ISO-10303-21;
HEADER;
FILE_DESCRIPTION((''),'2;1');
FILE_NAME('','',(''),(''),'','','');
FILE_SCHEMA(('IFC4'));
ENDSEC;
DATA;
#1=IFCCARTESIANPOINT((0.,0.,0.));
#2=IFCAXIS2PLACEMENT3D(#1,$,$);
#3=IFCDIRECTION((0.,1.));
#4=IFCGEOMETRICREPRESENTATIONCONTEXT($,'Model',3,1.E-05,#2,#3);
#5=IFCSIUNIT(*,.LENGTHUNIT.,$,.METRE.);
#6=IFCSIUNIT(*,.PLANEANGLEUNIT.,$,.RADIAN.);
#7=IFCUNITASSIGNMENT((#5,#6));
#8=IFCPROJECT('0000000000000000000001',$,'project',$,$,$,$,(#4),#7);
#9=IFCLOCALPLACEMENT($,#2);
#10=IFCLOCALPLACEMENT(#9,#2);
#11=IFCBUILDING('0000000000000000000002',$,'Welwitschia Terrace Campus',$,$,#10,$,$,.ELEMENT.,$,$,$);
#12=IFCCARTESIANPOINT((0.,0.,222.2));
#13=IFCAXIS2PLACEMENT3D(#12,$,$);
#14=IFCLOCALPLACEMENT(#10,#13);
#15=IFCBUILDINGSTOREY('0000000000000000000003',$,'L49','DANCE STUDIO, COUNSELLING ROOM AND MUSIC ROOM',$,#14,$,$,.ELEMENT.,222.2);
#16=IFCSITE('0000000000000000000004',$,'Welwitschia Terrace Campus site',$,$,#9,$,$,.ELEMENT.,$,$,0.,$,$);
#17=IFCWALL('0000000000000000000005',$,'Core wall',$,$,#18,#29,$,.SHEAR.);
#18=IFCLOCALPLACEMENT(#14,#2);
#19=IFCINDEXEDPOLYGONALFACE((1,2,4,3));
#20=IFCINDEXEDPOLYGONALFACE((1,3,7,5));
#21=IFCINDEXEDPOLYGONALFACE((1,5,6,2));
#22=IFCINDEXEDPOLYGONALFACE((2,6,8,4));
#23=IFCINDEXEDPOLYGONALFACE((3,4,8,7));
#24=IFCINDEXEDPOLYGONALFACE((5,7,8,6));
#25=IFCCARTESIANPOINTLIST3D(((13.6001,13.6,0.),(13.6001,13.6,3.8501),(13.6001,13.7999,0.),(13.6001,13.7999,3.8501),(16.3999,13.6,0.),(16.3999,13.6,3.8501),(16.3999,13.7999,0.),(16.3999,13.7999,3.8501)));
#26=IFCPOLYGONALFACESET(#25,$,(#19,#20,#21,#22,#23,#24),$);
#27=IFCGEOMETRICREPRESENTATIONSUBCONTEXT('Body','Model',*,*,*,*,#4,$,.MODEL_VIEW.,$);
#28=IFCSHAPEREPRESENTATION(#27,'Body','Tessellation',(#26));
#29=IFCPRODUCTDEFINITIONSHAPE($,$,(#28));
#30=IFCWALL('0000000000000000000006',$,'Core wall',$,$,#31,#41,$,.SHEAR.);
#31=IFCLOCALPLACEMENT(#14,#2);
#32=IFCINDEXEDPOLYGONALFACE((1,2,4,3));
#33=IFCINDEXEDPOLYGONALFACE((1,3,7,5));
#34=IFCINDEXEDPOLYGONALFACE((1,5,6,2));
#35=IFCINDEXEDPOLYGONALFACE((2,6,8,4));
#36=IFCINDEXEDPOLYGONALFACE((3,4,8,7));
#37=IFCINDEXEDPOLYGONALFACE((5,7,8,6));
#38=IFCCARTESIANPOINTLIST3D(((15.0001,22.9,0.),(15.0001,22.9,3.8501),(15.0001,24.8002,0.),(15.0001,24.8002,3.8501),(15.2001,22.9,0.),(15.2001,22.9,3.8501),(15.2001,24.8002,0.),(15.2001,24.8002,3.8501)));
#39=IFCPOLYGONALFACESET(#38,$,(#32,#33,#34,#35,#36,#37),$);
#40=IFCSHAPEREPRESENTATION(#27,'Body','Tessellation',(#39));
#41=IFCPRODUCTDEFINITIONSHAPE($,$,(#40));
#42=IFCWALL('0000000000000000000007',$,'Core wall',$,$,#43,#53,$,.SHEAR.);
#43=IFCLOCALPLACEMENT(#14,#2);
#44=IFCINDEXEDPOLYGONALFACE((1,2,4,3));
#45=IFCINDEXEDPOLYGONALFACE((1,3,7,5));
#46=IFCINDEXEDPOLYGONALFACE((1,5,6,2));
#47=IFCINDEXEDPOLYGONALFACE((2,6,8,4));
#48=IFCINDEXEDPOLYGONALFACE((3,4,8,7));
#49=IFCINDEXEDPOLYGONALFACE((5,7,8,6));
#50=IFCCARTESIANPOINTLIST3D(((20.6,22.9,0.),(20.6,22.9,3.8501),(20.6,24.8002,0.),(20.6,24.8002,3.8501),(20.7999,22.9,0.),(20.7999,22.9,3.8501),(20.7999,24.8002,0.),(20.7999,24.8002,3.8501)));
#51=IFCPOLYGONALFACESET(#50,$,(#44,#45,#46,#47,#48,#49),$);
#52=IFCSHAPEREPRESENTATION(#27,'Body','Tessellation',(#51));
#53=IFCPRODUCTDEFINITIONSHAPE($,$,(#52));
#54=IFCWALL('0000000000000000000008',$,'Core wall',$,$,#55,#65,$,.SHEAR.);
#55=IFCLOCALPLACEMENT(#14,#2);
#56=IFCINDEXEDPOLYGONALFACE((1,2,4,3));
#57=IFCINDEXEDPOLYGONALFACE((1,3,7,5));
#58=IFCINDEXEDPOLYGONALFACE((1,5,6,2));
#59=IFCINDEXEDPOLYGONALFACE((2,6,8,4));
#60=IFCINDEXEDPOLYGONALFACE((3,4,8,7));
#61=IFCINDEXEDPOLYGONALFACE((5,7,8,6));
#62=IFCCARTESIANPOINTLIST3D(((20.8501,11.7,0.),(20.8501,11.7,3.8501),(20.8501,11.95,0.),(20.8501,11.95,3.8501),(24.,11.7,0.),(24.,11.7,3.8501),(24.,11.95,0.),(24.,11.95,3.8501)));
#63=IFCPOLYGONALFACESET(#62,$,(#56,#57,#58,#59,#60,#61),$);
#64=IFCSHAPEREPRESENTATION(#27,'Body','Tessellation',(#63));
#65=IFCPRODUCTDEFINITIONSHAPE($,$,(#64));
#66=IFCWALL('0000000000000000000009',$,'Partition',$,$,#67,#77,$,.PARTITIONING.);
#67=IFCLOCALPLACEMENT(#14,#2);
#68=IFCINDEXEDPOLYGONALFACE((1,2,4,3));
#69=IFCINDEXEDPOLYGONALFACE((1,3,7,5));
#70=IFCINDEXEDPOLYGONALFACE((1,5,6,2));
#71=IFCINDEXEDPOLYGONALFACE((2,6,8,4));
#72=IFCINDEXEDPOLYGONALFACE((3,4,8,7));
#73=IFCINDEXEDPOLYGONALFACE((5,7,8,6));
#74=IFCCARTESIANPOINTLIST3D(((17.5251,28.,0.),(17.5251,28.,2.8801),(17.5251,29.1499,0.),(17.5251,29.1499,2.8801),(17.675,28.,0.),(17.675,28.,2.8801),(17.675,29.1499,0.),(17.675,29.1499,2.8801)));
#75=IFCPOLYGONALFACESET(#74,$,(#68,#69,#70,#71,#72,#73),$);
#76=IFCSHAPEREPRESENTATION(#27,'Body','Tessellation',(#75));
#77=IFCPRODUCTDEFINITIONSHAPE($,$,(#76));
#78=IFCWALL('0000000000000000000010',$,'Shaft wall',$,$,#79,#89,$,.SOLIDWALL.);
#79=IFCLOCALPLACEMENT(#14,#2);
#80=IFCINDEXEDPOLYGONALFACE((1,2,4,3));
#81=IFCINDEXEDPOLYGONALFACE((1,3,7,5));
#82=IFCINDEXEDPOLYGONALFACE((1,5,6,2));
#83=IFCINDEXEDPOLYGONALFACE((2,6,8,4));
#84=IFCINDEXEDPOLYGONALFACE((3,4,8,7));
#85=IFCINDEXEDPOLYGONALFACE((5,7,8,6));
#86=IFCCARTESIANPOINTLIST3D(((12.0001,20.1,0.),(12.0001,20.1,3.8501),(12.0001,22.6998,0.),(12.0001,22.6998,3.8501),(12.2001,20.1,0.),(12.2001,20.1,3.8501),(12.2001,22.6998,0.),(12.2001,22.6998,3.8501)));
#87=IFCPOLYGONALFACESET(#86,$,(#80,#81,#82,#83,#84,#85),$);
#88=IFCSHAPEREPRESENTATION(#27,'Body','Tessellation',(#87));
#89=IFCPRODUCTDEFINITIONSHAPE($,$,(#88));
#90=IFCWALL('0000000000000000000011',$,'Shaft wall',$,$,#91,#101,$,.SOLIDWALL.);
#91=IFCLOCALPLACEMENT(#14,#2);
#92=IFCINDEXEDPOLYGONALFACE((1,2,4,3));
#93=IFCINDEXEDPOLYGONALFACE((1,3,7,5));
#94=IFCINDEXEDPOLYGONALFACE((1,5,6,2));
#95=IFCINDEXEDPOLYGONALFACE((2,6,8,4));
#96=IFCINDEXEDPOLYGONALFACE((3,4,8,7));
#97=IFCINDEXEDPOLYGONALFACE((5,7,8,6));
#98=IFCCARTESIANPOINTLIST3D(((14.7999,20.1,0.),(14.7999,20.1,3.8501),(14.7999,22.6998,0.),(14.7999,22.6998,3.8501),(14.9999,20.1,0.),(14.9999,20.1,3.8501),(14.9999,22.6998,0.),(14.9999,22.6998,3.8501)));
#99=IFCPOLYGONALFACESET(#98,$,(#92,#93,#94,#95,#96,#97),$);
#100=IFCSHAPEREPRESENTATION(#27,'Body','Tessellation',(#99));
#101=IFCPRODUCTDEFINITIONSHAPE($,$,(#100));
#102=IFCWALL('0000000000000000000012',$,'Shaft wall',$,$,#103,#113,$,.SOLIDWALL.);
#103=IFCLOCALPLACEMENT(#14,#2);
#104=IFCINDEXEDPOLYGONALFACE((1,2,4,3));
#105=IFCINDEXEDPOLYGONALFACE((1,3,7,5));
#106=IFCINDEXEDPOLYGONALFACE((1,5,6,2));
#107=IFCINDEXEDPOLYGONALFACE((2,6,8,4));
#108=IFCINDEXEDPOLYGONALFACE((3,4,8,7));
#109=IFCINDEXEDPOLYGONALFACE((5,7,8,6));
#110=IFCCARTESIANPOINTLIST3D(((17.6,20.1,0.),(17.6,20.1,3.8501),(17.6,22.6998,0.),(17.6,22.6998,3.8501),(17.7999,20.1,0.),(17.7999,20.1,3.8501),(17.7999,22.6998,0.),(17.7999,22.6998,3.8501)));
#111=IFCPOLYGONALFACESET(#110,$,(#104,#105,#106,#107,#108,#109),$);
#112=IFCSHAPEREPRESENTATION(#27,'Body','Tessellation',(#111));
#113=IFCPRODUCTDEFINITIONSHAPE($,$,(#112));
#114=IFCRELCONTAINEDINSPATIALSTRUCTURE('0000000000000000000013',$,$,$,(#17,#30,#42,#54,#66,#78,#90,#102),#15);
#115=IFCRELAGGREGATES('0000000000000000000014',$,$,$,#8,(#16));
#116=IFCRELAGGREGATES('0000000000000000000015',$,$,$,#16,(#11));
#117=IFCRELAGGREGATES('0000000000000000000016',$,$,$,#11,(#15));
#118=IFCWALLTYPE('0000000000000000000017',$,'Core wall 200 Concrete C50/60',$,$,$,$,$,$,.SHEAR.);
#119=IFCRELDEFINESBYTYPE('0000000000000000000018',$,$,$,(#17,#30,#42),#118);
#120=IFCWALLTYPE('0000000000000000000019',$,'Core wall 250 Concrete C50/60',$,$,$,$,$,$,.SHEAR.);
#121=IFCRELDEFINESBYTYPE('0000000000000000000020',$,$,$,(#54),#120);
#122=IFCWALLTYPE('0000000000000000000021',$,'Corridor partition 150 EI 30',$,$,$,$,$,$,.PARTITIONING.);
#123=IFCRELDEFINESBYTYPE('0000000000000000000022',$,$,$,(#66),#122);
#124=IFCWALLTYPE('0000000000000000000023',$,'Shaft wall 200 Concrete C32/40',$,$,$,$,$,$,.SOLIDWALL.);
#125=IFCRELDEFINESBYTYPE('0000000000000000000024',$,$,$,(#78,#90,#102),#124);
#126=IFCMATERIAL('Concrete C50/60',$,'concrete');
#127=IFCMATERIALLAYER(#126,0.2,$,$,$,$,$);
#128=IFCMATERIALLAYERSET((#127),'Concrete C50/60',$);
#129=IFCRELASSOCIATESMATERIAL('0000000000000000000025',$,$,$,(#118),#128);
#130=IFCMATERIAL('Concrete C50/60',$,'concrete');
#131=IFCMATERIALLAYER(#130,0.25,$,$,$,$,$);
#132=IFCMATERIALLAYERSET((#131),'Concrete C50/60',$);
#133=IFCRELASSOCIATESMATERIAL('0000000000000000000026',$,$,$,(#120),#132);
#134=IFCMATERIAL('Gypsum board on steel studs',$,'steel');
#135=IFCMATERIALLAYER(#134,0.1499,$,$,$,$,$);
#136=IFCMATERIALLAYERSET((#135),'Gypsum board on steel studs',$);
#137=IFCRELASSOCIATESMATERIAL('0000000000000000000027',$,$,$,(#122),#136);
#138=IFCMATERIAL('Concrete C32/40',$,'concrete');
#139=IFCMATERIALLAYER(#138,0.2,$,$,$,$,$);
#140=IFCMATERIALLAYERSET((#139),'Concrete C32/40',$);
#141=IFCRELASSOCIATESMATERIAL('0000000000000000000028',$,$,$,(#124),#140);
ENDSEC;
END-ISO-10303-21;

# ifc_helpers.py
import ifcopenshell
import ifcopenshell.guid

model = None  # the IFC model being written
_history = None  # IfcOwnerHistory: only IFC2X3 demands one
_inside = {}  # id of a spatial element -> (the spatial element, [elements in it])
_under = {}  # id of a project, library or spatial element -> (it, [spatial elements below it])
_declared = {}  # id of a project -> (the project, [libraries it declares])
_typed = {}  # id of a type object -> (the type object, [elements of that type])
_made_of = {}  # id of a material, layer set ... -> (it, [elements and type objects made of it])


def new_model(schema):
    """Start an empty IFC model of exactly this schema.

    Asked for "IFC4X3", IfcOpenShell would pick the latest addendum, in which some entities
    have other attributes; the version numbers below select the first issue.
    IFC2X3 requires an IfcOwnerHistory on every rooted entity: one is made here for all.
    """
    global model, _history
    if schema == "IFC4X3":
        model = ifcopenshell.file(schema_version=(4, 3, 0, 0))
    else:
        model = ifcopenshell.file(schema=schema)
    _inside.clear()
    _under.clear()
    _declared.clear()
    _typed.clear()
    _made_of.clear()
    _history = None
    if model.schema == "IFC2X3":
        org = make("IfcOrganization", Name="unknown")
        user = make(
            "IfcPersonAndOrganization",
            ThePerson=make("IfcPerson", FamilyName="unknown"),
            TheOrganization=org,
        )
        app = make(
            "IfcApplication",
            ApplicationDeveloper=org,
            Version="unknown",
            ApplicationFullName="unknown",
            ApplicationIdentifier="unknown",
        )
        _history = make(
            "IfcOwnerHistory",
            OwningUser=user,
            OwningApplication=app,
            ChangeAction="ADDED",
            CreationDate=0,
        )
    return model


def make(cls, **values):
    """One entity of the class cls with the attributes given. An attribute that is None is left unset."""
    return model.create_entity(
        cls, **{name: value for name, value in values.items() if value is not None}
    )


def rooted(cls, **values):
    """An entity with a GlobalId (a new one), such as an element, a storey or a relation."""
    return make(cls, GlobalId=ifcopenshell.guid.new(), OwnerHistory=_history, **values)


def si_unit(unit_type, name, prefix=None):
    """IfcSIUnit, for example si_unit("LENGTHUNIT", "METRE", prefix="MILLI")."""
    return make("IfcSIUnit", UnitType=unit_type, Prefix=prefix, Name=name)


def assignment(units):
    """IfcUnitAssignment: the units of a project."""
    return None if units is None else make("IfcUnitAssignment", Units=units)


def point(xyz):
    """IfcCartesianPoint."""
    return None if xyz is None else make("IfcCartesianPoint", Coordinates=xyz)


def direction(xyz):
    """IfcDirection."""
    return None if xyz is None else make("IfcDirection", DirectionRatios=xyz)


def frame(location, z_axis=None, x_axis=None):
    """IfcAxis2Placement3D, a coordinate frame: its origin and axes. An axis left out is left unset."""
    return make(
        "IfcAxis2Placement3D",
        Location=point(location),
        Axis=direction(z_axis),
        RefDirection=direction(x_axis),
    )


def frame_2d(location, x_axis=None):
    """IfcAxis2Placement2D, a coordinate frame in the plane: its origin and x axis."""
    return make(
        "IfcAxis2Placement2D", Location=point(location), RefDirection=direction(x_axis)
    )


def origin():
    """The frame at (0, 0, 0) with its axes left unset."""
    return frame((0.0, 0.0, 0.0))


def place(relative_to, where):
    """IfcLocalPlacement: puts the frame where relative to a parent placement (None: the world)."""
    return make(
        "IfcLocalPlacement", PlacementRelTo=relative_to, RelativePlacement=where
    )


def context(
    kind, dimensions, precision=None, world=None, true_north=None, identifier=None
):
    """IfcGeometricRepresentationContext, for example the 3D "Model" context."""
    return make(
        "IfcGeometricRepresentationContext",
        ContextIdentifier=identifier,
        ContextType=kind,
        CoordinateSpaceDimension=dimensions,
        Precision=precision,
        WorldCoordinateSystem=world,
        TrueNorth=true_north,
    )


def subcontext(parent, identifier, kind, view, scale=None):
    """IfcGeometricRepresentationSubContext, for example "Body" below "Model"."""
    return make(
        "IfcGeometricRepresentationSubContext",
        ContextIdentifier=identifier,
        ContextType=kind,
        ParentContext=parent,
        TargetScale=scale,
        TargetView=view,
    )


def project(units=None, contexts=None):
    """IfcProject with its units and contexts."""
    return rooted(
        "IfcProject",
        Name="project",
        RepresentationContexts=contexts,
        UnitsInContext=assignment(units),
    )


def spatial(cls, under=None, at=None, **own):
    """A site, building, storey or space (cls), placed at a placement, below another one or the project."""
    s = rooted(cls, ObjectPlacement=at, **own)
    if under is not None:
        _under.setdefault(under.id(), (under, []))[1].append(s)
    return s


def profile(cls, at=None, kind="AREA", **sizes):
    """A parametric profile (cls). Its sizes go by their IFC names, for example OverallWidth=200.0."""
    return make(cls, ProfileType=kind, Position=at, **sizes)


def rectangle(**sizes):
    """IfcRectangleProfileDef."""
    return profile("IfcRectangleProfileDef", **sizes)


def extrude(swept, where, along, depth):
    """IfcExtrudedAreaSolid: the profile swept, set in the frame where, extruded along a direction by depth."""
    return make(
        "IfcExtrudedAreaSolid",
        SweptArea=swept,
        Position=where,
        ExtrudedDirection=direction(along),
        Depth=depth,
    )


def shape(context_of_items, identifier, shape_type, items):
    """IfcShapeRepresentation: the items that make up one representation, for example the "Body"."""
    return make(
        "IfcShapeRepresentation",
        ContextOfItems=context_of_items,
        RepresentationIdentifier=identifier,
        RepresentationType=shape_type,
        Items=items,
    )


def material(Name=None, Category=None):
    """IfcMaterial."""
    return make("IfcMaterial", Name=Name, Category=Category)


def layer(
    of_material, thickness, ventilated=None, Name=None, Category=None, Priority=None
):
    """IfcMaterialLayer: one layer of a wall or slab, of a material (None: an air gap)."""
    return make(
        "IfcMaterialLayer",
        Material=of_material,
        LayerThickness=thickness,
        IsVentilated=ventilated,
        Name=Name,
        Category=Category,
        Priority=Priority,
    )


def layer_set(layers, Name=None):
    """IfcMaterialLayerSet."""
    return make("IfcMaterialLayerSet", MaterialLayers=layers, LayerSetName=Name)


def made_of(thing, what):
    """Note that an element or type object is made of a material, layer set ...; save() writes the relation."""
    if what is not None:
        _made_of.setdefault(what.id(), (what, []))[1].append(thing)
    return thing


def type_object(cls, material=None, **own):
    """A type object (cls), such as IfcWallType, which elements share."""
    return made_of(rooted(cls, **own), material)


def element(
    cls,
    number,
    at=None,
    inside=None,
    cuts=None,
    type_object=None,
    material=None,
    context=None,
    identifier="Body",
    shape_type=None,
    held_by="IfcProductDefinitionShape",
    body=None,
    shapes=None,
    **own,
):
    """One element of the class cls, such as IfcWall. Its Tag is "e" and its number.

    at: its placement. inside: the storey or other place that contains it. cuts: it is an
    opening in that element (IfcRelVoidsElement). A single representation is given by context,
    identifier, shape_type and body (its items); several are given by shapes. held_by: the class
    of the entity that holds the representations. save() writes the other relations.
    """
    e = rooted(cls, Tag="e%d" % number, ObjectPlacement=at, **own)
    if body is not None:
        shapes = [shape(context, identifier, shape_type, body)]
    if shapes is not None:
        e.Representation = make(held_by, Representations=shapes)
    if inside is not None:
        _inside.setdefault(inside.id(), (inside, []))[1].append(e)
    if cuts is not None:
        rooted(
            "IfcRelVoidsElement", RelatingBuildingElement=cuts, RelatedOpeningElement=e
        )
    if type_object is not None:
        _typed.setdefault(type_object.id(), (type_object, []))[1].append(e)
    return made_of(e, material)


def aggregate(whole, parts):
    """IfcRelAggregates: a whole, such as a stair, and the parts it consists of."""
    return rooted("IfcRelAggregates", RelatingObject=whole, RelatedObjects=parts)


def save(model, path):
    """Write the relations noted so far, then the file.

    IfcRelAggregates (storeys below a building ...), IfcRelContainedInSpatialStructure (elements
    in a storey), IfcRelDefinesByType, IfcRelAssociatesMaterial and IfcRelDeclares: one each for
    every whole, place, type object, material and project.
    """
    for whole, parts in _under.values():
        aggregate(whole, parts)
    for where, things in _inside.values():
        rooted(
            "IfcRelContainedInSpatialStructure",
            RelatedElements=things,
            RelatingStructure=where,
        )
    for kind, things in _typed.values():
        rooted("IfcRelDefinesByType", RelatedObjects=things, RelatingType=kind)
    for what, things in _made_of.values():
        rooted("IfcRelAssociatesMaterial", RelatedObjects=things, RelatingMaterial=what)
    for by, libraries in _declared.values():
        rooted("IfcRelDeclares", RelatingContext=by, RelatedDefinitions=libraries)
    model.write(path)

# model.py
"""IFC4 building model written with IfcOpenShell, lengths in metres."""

from ifc_helpers import new_model, si_unit, direction, frame, frame_2d, origin, place, context, subcontext, project, spatial, rectangle, extrude, material, layer, layer_set, type_object, element, save


model = new_model("IFC4")

# Units and contexts
model_context = context("Model", 3, precision=1e-05, world=origin(), true_north=direction((0.0, 1.0)))
body_context = subcontext(model_context, "Body", "Model", "MODEL_VIEW")
ifc_project = project(units=[si_unit("LENGTHUNIT", "METRE"), si_unit("PLANEANGLEUNIT", "RADIAN")], contexts=[model_context])

# Site, building, storey
site_placement = place(None, origin())
site = spatial("IfcSite", under=ifc_project, at=site_placement, Name="Welwitschia Terrace Campus site", CompositionType="ELEMENT", RefElevation=0.0)
building_placement = place(site_placement, origin())
building = spatial("IfcBuilding", under=site, at=building_placement, Name="Welwitschia Terrace Campus", CompositionType="ELEMENT")
storey_placement = place(building_placement, frame((0.0, 0.0, 222.2)))
storey = spatial("IfcBuildingStorey", under=building, at=storey_placement, Name="L49", Description="DANCE STUDIO, COUNSELLING ROOM AND MUSIC ROOM", CompositionType="ELEMENT", Elevation=222.2)

# Walls
ifc_material_1 = material(Name="Concrete C50/60", Category="concrete")
ifc_layer_1 = layer(ifc_material_1, 0.2)
ifc_layer_set_1 = layer_set([ifc_layer_1], Name="Concrete C50/60")
wall_type_1 = type_object("IfcWallType", Name="Core wall 200 Concrete C50/60", PredefinedType="SHEAR", material=ifc_layer_set_1)
wall_1_placement = place(storey_placement, frame((13.6001, 13.7, 0.0), z_axis=(0.0, 0.0, 1.0), x_axis=(1.0, 0.0, 0.0)))
element("IfcWall", 1, at=wall_1_placement, inside=storey, type_object=wall_type_1, Name="Core wall", PredefinedType="SHEAR", context=body_context, shape_type="SweptSolid", body=[
    extrude(rectangle(XDim=2.7998, YDim=0.2, at=frame_2d((1.3999, 0.0))), origin(), (0.0, 0.0, 1.0), 3.8501),
])
for number, where, z_axis, x_axis, name in (
    (2, (15.1001, 22.8999, 0.0), (0.0, 0.0, 1.0), (0.0, 1.0, 0.0), "Core wall"),
    (3, (20.7, 22.8999, 0.0), (0.0, 0.0, 1.0), (0.0, 1.0, 0.0), "Core wall"),
):
    element("IfcWall", number, at=place(storey_placement, frame(where, z_axis=z_axis, x_axis=x_axis)), inside=storey, type_object=wall_type_1, Name=name, PredefinedType="SHEAR", context=body_context, shape_type="SweptSolid", body=[
        extrude(rectangle(XDim=1.9001, YDim=0.2, at=frame_2d((0.9502, 0.0))), origin(), (0.0, 0.0, 1.0), 3.8501),
    ])
ifc_material_2 = material(Name="Concrete C50/60", Category="concrete")
ifc_layer_2 = layer(ifc_material_2, 0.25)
ifc_layer_set_2 = layer_set([ifc_layer_2], Name="Concrete C50/60")
wall_type_2 = type_object("IfcWallType", Name="Core wall 250 Concrete C50/60", PredefinedType="SHEAR", material=ifc_layer_set_2)
wall_2_placement = place(storey_placement, frame((20.8501, 11.825, 0.0), z_axis=(0.0, 0.0, 1.0), x_axis=(1.0, 0.0, 0.0)))
element("IfcWall", 4, at=wall_2_placement, inside=storey, type_object=wall_type_2, Name="Core wall", PredefinedType="SHEAR", context=body_context, shape_type="SweptSolid", body=[
    extrude(rectangle(XDim=3.1499, YDim=0.25, at=frame_2d((1.575, 0.0))), origin(), (0.0, 0.0, 1.0), 3.8501),
])
ifc_material_3 = material(Name="Gypsum board on steel studs", Category="steel")
ifc_layer_3 = layer(ifc_material_3, 0.1499)
ifc_layer_set_3 = layer_set([ifc_layer_3], Name="Gypsum board on steel studs")
wall_type_3 = type_object("IfcWallType", Name="Corridor partition 150 EI 30", PredefinedType="PARTITIONING", material=ifc_layer_set_3)
wall_3_placement = place(storey_placement, frame((17.6001, 28.0, 0.0), z_axis=(0.0, 0.0, 1.0), x_axis=(0.0, 1.0, 0.0)))
element("IfcWall", 5, at=wall_3_placement, inside=storey, type_object=wall_type_3, Name="Partition", PredefinedType="PARTITIONING", context=body_context, shape_type="SweptSolid", body=[
    extrude(rectangle(XDim=1.1499, YDim=0.1499, at=frame_2d((0.575, 0.0))), origin(), (0.0, 0.0, 1.0), 2.8801),
])
ifc_material_4 = material(Name="Concrete C32/40", Category="concrete")
ifc_layer_4 = layer(ifc_material_4, 0.2)
ifc_layer_set_4 = layer_set([ifc_layer_4], Name="Concrete C32/40")
wall_type_4 = type_object("IfcWallType", Name="Shaft wall 200 Concrete C32/40", PredefinedType="SOLIDWALL", material=ifc_layer_set_4)
for number, where, z_axis, x_axis, name in (
    (6, (12.1001, 20.1001, 0.0), (0.0, 0.0, 1.0), (0.0, 1.0, 0.0), "Shaft wall"),
    (7, (14.8999, 20.1001, 0.0), (0.0, 0.0, 1.0), (0.0, 1.0, 0.0), "Shaft wall"),
    (8, (17.7, 20.1001, 0.0), (0.0, 0.0, 1.0), (0.0, 1.0, 0.0), "Shaft wall"),
):
    element("IfcWall", number, at=place(storey_placement, frame(where, z_axis=z_axis, x_axis=x_axis)), inside=storey, type_object=wall_type_4, Name=name, PredefinedType="SOLIDWALL", context=body_context, shape_type="SweptSolid", body=[
        extrude(rectangle(XDim=2.5999, YDim=0.2, at=frame_2d((1.2998, 0.0))), origin(), (0.0, 0.0, 1.0), 3.8501),
    ])

save(model, "model.ifc")
